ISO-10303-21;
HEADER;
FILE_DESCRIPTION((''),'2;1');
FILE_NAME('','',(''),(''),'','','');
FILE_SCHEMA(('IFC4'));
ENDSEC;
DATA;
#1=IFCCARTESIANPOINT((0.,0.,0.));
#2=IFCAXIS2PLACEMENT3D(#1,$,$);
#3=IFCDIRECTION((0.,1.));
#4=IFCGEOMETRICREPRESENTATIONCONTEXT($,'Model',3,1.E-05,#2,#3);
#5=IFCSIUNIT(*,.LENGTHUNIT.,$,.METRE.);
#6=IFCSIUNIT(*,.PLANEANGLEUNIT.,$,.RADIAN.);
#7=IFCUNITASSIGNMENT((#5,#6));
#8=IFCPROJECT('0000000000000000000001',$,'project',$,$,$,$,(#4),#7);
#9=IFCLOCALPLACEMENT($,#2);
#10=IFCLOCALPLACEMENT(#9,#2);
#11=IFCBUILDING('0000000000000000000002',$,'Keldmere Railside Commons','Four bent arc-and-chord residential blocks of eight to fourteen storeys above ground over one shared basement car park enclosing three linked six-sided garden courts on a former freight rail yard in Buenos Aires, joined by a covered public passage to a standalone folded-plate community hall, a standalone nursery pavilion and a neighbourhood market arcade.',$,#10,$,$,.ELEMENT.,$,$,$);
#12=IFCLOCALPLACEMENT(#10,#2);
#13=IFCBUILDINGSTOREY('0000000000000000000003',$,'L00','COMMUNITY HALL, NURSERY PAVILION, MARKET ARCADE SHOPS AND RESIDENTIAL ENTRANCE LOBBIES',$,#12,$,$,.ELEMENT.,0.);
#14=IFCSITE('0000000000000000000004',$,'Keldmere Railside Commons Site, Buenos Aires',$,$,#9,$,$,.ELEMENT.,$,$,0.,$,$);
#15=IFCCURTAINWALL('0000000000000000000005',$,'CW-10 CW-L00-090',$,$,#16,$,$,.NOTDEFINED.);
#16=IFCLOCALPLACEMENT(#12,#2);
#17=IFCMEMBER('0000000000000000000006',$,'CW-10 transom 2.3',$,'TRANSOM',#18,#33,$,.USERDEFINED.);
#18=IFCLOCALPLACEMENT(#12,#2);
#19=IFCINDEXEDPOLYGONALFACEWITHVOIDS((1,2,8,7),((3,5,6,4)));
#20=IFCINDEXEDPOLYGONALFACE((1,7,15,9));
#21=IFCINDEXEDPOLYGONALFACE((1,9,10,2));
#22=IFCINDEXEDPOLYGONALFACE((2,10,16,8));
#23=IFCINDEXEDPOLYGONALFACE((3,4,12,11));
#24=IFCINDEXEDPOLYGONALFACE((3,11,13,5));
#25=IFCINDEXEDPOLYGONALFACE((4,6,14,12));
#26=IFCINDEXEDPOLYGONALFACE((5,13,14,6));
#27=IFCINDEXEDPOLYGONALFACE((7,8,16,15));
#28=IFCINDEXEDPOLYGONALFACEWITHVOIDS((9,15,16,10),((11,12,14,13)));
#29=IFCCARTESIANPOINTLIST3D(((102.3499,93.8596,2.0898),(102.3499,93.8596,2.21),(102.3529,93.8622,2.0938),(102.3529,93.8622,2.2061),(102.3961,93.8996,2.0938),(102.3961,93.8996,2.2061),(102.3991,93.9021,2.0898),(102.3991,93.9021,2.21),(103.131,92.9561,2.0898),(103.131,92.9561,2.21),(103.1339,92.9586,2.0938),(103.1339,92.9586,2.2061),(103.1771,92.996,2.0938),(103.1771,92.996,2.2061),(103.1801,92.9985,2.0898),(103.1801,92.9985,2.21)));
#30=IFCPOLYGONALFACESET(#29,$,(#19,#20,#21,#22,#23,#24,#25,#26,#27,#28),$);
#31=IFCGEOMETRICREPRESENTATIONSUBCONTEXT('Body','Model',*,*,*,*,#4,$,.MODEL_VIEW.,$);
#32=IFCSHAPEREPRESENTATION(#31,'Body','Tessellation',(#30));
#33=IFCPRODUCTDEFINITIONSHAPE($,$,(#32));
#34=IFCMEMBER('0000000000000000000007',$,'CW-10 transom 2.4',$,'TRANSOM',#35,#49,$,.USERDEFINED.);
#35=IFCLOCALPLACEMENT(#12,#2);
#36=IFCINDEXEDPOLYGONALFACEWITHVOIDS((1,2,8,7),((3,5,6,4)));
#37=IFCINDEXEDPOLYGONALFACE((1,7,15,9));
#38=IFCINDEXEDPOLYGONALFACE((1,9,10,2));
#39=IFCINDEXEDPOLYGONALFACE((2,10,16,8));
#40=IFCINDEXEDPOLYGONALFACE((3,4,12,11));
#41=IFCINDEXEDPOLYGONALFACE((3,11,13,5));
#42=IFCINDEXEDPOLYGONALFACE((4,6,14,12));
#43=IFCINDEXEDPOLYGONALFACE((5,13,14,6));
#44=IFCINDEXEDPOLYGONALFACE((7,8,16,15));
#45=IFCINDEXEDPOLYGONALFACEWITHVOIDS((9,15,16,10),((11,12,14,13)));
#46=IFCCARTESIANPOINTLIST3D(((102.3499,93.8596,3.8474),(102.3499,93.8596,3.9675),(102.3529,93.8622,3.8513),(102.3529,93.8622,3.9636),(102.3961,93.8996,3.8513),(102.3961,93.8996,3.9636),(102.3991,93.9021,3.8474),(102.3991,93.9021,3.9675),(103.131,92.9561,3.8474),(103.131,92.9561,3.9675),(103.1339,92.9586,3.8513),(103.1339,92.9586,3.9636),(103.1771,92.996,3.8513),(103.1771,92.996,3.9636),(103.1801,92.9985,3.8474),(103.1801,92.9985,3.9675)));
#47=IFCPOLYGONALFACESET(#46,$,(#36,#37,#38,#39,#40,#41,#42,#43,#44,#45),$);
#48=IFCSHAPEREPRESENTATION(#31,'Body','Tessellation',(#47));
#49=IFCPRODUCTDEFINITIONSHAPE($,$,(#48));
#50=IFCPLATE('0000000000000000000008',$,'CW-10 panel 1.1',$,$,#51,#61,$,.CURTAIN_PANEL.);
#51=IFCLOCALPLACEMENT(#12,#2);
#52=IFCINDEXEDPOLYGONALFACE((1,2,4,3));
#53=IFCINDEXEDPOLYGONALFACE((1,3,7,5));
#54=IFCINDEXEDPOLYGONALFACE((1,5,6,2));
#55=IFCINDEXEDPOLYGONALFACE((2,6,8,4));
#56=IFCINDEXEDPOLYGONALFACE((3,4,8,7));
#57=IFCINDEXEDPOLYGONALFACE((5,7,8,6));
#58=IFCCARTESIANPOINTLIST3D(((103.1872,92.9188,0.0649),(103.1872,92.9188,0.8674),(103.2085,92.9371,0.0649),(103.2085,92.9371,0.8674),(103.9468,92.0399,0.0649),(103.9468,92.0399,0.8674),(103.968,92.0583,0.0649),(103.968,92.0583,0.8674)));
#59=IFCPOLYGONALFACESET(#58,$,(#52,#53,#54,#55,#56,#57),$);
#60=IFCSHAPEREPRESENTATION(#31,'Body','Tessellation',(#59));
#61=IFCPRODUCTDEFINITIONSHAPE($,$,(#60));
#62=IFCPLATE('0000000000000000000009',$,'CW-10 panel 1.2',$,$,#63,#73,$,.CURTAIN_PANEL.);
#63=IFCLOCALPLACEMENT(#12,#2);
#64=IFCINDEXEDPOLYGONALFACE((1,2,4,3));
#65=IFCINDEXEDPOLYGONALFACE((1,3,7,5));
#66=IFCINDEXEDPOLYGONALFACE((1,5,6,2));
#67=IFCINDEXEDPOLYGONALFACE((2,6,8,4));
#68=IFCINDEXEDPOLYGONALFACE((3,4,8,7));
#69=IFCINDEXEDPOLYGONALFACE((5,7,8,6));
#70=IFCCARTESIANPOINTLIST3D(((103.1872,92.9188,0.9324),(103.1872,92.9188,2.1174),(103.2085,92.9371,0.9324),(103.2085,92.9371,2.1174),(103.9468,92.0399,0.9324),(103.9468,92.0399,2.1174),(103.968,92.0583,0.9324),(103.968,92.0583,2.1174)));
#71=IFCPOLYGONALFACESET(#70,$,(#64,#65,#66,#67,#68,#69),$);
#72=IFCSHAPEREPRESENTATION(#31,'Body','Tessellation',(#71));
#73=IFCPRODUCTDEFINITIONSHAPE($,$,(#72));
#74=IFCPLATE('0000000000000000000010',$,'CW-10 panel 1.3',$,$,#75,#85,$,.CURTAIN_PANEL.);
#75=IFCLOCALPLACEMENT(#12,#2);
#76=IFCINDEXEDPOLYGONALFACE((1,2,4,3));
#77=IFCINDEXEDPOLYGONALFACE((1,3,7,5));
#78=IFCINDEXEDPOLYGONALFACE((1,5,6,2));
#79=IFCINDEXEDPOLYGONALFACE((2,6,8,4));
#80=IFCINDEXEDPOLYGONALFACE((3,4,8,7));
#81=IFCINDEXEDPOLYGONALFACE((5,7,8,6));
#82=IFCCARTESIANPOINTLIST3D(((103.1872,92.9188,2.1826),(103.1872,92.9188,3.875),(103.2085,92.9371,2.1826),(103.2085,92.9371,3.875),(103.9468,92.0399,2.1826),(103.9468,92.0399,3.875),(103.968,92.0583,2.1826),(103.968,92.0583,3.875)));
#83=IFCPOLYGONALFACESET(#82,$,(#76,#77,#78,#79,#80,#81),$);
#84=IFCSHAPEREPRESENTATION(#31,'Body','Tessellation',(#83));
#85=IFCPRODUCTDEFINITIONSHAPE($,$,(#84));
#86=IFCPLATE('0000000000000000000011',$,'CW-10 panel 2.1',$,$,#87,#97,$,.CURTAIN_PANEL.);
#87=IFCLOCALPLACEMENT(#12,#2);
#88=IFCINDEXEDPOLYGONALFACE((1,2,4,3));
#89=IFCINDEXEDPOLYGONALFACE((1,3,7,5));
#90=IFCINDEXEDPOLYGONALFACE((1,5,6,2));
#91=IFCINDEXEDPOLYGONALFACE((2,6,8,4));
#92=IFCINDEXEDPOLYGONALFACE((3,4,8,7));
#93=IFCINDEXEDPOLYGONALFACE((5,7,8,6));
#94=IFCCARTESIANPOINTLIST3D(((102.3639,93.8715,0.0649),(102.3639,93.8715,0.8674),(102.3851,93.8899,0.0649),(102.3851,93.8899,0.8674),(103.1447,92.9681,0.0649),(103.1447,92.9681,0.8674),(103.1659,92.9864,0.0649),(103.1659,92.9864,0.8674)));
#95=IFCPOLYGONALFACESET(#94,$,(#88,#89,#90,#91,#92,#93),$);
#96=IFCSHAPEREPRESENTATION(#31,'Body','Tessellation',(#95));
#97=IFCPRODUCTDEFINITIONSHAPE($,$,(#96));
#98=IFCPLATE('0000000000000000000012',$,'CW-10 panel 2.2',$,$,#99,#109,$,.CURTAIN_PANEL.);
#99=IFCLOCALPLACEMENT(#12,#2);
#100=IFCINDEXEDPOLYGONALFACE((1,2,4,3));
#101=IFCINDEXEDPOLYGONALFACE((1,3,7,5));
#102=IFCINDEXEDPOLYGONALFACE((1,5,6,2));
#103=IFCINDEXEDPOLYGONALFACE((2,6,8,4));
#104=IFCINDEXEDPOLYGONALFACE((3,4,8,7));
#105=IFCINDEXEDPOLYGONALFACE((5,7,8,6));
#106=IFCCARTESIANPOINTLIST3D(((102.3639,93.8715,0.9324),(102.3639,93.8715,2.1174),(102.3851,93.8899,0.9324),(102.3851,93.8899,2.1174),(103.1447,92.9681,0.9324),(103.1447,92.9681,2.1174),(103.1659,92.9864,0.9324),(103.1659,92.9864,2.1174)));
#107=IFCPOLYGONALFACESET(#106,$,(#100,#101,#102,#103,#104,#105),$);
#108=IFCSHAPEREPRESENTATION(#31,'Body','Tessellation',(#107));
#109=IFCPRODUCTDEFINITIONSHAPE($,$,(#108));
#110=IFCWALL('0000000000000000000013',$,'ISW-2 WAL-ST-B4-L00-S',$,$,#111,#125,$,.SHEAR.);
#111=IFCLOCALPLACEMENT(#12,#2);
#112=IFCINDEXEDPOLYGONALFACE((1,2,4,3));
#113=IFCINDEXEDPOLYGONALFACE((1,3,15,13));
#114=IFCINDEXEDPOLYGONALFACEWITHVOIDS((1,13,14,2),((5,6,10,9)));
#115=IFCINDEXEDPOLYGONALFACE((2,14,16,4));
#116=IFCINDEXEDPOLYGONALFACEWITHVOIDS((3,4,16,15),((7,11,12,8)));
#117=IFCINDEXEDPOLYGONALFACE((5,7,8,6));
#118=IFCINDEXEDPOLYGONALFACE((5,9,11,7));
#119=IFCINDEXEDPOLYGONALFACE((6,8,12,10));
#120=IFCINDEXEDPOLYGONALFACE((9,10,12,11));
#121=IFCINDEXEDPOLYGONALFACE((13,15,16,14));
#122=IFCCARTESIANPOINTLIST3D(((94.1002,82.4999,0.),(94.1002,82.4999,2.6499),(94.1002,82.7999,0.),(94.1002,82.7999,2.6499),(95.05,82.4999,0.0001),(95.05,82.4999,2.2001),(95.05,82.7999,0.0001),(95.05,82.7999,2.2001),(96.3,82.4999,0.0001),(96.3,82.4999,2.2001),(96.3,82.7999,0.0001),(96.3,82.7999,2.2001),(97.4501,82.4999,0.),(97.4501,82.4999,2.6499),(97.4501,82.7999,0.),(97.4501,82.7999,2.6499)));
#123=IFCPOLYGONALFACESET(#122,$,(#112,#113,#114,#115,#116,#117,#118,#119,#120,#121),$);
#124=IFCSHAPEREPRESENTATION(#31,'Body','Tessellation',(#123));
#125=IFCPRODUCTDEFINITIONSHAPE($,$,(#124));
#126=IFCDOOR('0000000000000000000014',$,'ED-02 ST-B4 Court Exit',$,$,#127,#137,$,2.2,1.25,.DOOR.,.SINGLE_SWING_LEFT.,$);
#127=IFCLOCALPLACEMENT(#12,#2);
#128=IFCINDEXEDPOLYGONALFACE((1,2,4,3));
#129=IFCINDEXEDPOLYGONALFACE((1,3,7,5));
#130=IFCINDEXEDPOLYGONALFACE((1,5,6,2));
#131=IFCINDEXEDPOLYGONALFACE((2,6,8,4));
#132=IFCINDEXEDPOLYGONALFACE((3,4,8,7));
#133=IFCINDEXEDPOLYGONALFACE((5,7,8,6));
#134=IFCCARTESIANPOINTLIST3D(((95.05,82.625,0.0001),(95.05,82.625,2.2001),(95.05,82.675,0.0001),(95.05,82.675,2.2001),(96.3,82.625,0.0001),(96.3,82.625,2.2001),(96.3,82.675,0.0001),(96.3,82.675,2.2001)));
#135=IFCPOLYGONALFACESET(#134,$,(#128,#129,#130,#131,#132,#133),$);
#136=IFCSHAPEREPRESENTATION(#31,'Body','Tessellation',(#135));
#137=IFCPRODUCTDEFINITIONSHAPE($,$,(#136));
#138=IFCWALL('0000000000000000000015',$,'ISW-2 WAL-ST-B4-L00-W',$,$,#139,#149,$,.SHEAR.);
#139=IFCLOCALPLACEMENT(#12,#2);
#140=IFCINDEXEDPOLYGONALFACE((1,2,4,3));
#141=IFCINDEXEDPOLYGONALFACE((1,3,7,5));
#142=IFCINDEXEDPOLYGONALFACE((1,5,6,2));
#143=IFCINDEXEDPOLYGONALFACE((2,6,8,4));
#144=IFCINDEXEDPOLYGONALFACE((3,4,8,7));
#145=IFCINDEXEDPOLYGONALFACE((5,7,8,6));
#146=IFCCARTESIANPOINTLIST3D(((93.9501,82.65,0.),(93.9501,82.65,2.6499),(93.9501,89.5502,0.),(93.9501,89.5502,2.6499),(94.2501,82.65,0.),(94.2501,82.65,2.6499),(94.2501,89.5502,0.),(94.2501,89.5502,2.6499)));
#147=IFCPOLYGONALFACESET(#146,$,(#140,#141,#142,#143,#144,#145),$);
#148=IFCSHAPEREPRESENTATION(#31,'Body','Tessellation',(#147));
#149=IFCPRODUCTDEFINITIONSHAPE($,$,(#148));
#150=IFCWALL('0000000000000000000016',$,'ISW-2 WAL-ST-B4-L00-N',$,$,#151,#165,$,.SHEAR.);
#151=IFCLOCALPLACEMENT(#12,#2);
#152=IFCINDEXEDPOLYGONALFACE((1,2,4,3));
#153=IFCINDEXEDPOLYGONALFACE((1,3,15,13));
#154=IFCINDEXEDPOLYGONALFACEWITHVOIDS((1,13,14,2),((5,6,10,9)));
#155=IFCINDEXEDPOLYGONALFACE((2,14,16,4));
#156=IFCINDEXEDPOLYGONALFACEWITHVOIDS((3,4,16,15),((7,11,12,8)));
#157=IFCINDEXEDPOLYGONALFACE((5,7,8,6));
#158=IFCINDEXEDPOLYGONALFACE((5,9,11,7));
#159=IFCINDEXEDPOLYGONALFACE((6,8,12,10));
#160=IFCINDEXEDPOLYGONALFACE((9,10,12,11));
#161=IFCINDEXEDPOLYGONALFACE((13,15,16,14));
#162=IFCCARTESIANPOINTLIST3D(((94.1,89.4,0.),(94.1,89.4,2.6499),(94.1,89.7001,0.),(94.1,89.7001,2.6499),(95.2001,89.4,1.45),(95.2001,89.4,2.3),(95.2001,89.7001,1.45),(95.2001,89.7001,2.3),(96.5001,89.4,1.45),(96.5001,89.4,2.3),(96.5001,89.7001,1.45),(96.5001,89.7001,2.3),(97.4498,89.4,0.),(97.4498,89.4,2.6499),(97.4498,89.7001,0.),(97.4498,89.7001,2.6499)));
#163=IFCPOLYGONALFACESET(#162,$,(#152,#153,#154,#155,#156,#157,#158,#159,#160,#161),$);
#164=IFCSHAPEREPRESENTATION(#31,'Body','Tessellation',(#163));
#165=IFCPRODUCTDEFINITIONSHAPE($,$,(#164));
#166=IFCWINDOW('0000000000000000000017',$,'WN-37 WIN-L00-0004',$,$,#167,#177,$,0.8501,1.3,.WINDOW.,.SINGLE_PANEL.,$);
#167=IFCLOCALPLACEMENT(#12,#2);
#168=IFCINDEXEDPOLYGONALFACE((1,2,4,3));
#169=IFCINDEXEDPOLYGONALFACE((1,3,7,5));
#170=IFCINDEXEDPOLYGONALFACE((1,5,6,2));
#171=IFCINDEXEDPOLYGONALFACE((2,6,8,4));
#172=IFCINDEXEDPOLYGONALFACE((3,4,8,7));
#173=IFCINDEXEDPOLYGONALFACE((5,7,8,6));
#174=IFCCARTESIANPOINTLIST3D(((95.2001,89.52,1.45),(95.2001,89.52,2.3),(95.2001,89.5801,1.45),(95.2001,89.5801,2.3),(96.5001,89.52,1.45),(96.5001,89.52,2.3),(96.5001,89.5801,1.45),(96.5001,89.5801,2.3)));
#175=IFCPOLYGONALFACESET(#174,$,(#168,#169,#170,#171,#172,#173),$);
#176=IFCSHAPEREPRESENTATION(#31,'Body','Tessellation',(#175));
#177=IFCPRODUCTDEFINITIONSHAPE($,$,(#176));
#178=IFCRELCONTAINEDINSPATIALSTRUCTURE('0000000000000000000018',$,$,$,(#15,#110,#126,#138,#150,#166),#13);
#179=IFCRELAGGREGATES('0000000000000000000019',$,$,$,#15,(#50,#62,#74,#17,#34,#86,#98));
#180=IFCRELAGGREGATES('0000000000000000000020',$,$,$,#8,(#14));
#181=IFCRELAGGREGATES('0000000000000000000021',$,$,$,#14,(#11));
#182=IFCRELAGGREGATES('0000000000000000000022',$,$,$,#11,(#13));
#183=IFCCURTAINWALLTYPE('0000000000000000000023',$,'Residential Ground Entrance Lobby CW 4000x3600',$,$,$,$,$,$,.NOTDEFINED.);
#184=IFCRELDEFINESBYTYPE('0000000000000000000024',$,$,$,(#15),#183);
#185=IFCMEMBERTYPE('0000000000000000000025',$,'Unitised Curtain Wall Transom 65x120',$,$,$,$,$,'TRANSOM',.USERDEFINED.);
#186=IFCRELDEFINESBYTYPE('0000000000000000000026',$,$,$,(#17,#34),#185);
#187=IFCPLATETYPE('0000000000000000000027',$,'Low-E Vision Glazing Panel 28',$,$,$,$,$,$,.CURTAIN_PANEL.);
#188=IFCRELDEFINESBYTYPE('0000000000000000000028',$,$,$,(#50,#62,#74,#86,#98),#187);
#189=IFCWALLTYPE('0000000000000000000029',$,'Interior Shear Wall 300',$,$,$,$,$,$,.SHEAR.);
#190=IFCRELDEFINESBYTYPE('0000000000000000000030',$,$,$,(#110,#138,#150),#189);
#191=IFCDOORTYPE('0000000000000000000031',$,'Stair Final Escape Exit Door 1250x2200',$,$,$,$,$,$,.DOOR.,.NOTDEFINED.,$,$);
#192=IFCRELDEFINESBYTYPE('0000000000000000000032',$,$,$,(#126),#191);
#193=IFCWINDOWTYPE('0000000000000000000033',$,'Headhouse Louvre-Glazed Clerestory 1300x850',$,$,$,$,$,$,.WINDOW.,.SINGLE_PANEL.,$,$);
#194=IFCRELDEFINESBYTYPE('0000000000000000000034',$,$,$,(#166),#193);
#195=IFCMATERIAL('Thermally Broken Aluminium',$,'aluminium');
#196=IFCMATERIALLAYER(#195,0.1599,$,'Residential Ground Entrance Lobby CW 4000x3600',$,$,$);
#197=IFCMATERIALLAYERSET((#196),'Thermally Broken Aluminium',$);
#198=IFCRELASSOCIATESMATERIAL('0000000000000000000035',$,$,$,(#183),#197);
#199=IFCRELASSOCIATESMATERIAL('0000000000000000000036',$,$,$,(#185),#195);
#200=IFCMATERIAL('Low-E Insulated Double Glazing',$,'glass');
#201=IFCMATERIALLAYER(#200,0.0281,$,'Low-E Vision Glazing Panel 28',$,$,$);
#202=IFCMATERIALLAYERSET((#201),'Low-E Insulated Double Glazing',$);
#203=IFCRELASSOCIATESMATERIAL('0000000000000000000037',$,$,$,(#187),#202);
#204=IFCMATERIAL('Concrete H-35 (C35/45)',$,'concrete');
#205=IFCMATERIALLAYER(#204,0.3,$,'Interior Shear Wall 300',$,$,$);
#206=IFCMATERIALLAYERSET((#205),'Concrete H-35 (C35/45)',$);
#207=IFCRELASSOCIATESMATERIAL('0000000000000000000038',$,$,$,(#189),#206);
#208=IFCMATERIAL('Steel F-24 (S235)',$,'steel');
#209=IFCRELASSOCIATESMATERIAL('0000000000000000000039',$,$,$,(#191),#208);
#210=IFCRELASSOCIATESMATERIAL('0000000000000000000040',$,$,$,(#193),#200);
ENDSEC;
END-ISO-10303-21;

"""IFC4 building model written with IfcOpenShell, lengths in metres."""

from ifc_helpers import new_model, si_unit, direction, frame, frame_2d, origin, origin_2d, place, context, subcontext, project, spatial, rectangle, hollow_rectangle, extrude, material, layer, layer_set, material_profile, profile_set, type_object, element, fill, aggregate, save


model = new_model("IFC4")

# Units and contexts
model_context = context("Model", 3, precision=1e-05, world=origin(), true_north=direction((0.0, 1.0)))
body_context = subcontext(model_context, "Body", "Model", "MODEL_VIEW")
ifc_project = project(units=[si_unit("LENGTHUNIT", "METRE"), si_unit("PLANEANGLEUNIT", "RADIAN")], contexts=[model_context])

# Site, building, storey
site_placement = place(None, origin())
site = spatial("IfcSite", under=ifc_project, at=site_placement, Name="Keldmere Railside Commons Site, Buenos Aires", CompositionType="ELEMENT", RefElevation=0.0)
building_placement = place(site_placement, origin())
building = spatial("IfcBuilding", under=site, at=building_placement, Name="Keldmere Railside Commons", Description="Four bent arc-and-chord residential blocks of eight to fourteen storeys above ground over one shared basement car park enclosing three linked six-sided garden courts on a former freight rail yard in Buenos Aires, joined by a covered public passage to a standalone folded-plate community hall, a standalone nursery pavilion and a neighbourhood market arcade.", CompositionType="ELEMENT")
storey_placement = place(building_placement, origin())
storey = spatial("IfcBuildingStorey", under=building, at=storey_placement, Name="L00", Description="COMMUNITY HALL, NURSERY PAVILION, MARKET ARCADE SHOPS AND RESIDENTIAL ENTRANCE LOBBIES", CompositionType="ELEMENT", Elevation=0.0)

# Curtain wall, members, plates
ifc_material_1 = material(Name="Thermally Broken Aluminium", Category="aluminium")
ifc_layer_1 = layer(ifc_material_1, 0.1599, Name="Residential Ground Entrance Lobby CW 4000x3600")
ifc_layer_set_1 = layer_set([ifc_layer_1], Name="Thermally Broken Aluminium")
curtain_wall_type = type_object("IfcCurtainWallType", Name="Residential Ground Entrance Lobby CW 4000x3600", PredefinedType="NOTDEFINED", material=ifc_layer_set_1)
curtain_wall_placement = place(storey_placement, origin())
curtain_wall = element("IfcCurtainWall", 1, at=curtain_wall_placement, inside=storey, type_object=curtain_wall_type, Name="CW-10 CW-L00-090", PredefinedType="NOTDEFINED")
ifc_material_profile_1 = material_profile(ifc_material_1, hollow_rectangle(XDim=0.0649, YDim=0.1201, WallThickness=0.0039, at=origin_2d()), Name="ALU-TRAN-65x120")
ifc_profile_set_1 = profile_set([ifc_material_profile_1], Name="Thermally Broken Aluminium")
member_type_1 = type_object("IfcMemberType", Name="Unitised Curtain Wall Transom 65x120", ElementType="TRANSOM", PredefinedType="USERDEFINED", material=ifc_profile_set_1)
member_1_placement = place(storey_placement, frame((103.1555, 92.9773, 2.1499), z_axis=(-0.653934, 0.756552, 0.0), x_axis=(-0.756552, -0.653934, 0.0)))
member_1 = element("IfcMember", 2, at=member_1_placement, type_object=member_type_1, Name="CW-10 transom 2.3", ObjectType="TRANSOM", PredefinedType="USERDEFINED", context=body_context, shape_type="SweptSolid", body=[
    extrude(hollow_rectangle(XDim=0.0649, YDim=0.1201, WallThickness=0.0039, at=origin_2d()), origin(), (0.0, 0.0, 1.0), 1.1943),
])
member_2_placement = place(storey_placement, frame((103.1555, 92.9773, 3.9075), z_axis=(-0.653934, 0.756552, 0.0), x_axis=(-0.756552, -0.653934, 0.0)))
member_2 = element("IfcMember", 3, at=member_2_placement, type_object=member_type_1, Name="CW-10 transom 2.4", ObjectType="TRANSOM", PredefinedType="USERDEFINED", context=body_context, shape_type="SweptSolid", body=[
    extrude(hollow_rectangle(XDim=0.0649, YDim=0.1201, WallThickness=0.0039, at=origin_2d()), origin(), (0.0, 0.0, 1.0), 1.1943),
])
ifc_material_2 = material(Name="Low-E Insulated Double Glazing", Category="glass")
ifc_layer_2 = layer(ifc_material_2, 0.0281, Name="Low-E Vision Glazing Panel 28")
ifc_layer_set_2 = layer_set([ifc_layer_2], Name="Low-E Insulated Double Glazing")
plate_type = type_object("IfcPlateType", Name="Low-E Vision Glazing Panel 28", PredefinedType="CURTAIN_PANEL", material=ifc_layer_set_2)
plate_1_placement = place(storey_placement, frame((103.5776, 92.4885, 0.0649), z_axis=(0.0, 0.0, 1.0), x_axis=(-0.653882, 0.756597, 0.0)))
plate_1 = element("IfcPlate", 4, at=plate_1_placement, type_object=plate_type, Name="CW-10 panel 1.1", PredefinedType="CURTAIN_PANEL", context=body_context, shape_type="SweptSolid", body=[
    extrude(rectangle(XDim=1.1616, YDim=0.0281, at=origin_2d()), origin(), (0.0, 0.0, 1.0), 0.8025),
])
plate_2_placement = place(storey_placement, frame((103.5776, 92.4885, 0.9324), z_axis=(0.0, 0.0, 1.0), x_axis=(-0.653882, 0.756597, 0.0)))
plate_2 = element("IfcPlate", 5, at=plate_2_placement, type_object=plate_type, Name="CW-10 panel 1.2", PredefinedType="CURTAIN_PANEL", context=body_context, shape_type="SweptSolid", body=[
    extrude(rectangle(XDim=1.1616, YDim=0.0281, at=origin_2d()), origin(), (0.0, 0.0, 1.0), 1.1851),
])
plate_3_placement = place(storey_placement, frame((103.5776, 92.4885, 2.1826), z_axis=(0.0, 0.0, 1.0), x_axis=(-0.653882, 0.756597, 0.0)))
plate_3 = element("IfcPlate", 6, at=plate_3_placement, type_object=plate_type, Name="CW-10 panel 1.3", PredefinedType="CURTAIN_PANEL", context=body_context, shape_type="SweptSolid", body=[
    extrude(rectangle(XDim=1.1616, YDim=0.0281, at=origin_2d()), origin(), (0.0, 0.0, 1.0), 1.6924),
])
plate_4_placement = place(storey_placement, frame((102.7649, 93.429, 0.0649), z_axis=(0.0, 0.0, 1.0), x_axis=(-0.653882, 0.756597, 0.0)))
plate_4 = element("IfcPlate", 7, at=plate_4_placement, type_object=plate_type, Name="CW-10 panel 2.1", PredefinedType="CURTAIN_PANEL", context=body_context, shape_type="SweptSolid", body=[
    extrude(rectangle(XDim=1.1941, YDim=0.0281, at=origin_2d()), origin(), (0.0, 0.0, 1.0), 0.8025),
])
plate_5_placement = place(storey_placement, frame((102.7649, 93.429, 0.9324), z_axis=(0.0, 0.0, 1.0), x_axis=(-0.653882, 0.756597, 0.0)))
plate_5 = element("IfcPlate", 8, at=plate_5_placement, type_object=plate_type, Name="CW-10 panel 2.2", PredefinedType="CURTAIN_PANEL", context=body_context, shape_type="SweptSolid", body=[
    extrude(rectangle(XDim=1.1941, YDim=0.0281, at=origin_2d()), origin(), (0.0, 0.0, 1.0), 1.1851),
])
aggregate(curtain_wall, [plate_1, plate_2, plate_3, member_1, member_2, plate_4, plate_5])

# Wall, opening, door
ifc_material_3 = material(Name="Concrete H-35 (C35/45)", Category="concrete")
ifc_layer_3 = layer(ifc_material_3, 0.3, Name="Interior Shear Wall 300")
ifc_layer_set_3 = layer_set([ifc_layer_3], Name="Concrete H-35 (C35/45)")
wall_type_1 = type_object("IfcWallType", Name="Interior Shear Wall 300", PredefinedType="SHEAR", material=ifc_layer_set_3)
wall_1_placement = place(storey_placement, frame((97.45, 82.6499, 0.0), z_axis=(0.0, 0.0, 1.0), x_axis=(-1.0, 0.0, 0.0)))
wall_1 = element("IfcWall", 9, at=wall_1_placement, inside=storey, type_object=wall_type_1, Name="ISW-2 WAL-ST-B4-L00-S", PredefinedType="SHEAR", context=body_context, shape_type="SweptSolid", body=[
    extrude(rectangle(XDim=3.3499, YDim=0.3, at=frame_2d((1.6748, 0.0))), origin(), (0.0, 0.0, 1.0), 2.6499),
])
opening_1_placement = place(wall_1_placement, frame((1.1499, 0.0, 0.0)))
opening_1 = element("IfcOpeningElement", 10, at=opening_1_placement, cuts=wall_1, PredefinedType="OPENING", context=body_context, shape_type="SweptSolid", body=[
    extrude(rectangle(XDim=1.25, YDim=2.2, at=frame_2d((0.625, 1.1001))), frame((0.0, 0.1599, 0.0), z_axis=(0.0, -1.0, 0.0), x_axis=(1.0, 0.0, 0.0)), (0.0, 0.0, 1.0), 0.3201),
])
ifc_material_4 = material(Name="Steel F-24 (S235)", Category="steel")
door_type = type_object("IfcDoorType", Name="Stair Final Escape Exit Door 1250x2200", OperationType="NOTDEFINED", PredefinedType="DOOR", material=ifc_material_4)
door_placement = place(opening_1_placement, origin())
door = element("IfcDoor", 11, at=door_placement, inside=storey, type_object=door_type, Name="ED-02 ST-B4 Court Exit", OperationType="SINGLE_SWING_LEFT", OverallHeight=2.2, OverallWidth=1.25, PredefinedType="DOOR", context=body_context, shape_type="SweptSolid", body=[
    extrude(rectangle(XDim=1.25, YDim=2.2, at=frame_2d((0.625, 1.1001))), frame((0.0, 0.0249, 0.0), z_axis=(0.0, -1.0, 0.0), x_axis=(1.0, 0.0, 0.0)), (0.0, 0.0, 1.0), 0.05),
])
fill(opening_1, door)

# Wall
wall_2_placement = place(storey_placement, frame((94.1001, 82.6499, 0.0), z_axis=(0.0, 0.0, 1.0), x_axis=(0.0, 1.0, 0.0)))
element("IfcWall", 12, at=wall_2_placement, inside=storey, type_object=wall_type_1, Name="ISW-2 WAL-ST-B4-L00-W", PredefinedType="SHEAR", context=body_context, shape_type="SweptSolid", body=[
    extrude(rectangle(XDim=6.9001, YDim=0.3, at=frame_2d((3.4502, 0.0))), origin(), (0.0, 0.0, 1.0), 2.6499),
])

# Wall, opening, window
wall_3_placement = place(storey_placement, frame((94.1001, 89.55, 0.0), z_axis=(0.0, 0.0, 1.0), x_axis=(1.0, 0.0, 0.0)))
wall_3 = element("IfcWall", 13, at=wall_3_placement, inside=storey, type_object=wall_type_1, Name="ISW-2 WAL-ST-B4-L00-N", PredefinedType="SHEAR", context=body_context, shape_type="SweptSolid", body=[
    extrude(rectangle(XDim=3.3499, YDim=0.3, at=frame_2d((1.6748, 0.0))), origin(), (0.0, 0.0, 1.0), 2.6499),
])
opening_2_placement = place(wall_3_placement, frame((1.1001, 0.0, 1.45)))
opening_2 = element("IfcOpeningElement", 14, at=opening_2_placement, cuts=wall_3, PredefinedType="OPENING", context=body_context, shape_type="SweptSolid", body=[
    extrude(rectangle(XDim=1.3, YDim=0.8501, at=frame_2d((0.6499, 0.425))), frame((0.0, 0.1599, 0.0), z_axis=(0.0, -1.0, 0.0), x_axis=(1.0, 0.0, 0.0)), (0.0, 0.0, 1.0), 0.3201),
])
window_type = type_object("IfcWindowType", Name="Headhouse Louvre-Glazed Clerestory 1300x850", PartitioningType="SINGLE_PANEL", PredefinedType="WINDOW", material=ifc_material_2)
window_placement = place(opening_2_placement, origin())
window = element("IfcWindow", 15, at=window_placement, inside=storey, type_object=window_type, Name="WN-37 WIN-L00-0004", OverallHeight=0.8501, OverallWidth=1.3, PartitioningType="SINGLE_PANEL", PredefinedType="WINDOW", context=body_context, shape_type="SweptSolid", body=[
    extrude(rectangle(XDim=1.3, YDim=0.8501, at=frame_2d((0.6499, 0.425))), frame((0.0, 0.03, 0.0), z_axis=(0.0, -1.0, 0.0), x_axis=(1.0, 0.0, 0.0)), (0.0, 0.0, 1.0), 0.0601),
])
fill(opening_2, window)

save(model, "model.ifc")
